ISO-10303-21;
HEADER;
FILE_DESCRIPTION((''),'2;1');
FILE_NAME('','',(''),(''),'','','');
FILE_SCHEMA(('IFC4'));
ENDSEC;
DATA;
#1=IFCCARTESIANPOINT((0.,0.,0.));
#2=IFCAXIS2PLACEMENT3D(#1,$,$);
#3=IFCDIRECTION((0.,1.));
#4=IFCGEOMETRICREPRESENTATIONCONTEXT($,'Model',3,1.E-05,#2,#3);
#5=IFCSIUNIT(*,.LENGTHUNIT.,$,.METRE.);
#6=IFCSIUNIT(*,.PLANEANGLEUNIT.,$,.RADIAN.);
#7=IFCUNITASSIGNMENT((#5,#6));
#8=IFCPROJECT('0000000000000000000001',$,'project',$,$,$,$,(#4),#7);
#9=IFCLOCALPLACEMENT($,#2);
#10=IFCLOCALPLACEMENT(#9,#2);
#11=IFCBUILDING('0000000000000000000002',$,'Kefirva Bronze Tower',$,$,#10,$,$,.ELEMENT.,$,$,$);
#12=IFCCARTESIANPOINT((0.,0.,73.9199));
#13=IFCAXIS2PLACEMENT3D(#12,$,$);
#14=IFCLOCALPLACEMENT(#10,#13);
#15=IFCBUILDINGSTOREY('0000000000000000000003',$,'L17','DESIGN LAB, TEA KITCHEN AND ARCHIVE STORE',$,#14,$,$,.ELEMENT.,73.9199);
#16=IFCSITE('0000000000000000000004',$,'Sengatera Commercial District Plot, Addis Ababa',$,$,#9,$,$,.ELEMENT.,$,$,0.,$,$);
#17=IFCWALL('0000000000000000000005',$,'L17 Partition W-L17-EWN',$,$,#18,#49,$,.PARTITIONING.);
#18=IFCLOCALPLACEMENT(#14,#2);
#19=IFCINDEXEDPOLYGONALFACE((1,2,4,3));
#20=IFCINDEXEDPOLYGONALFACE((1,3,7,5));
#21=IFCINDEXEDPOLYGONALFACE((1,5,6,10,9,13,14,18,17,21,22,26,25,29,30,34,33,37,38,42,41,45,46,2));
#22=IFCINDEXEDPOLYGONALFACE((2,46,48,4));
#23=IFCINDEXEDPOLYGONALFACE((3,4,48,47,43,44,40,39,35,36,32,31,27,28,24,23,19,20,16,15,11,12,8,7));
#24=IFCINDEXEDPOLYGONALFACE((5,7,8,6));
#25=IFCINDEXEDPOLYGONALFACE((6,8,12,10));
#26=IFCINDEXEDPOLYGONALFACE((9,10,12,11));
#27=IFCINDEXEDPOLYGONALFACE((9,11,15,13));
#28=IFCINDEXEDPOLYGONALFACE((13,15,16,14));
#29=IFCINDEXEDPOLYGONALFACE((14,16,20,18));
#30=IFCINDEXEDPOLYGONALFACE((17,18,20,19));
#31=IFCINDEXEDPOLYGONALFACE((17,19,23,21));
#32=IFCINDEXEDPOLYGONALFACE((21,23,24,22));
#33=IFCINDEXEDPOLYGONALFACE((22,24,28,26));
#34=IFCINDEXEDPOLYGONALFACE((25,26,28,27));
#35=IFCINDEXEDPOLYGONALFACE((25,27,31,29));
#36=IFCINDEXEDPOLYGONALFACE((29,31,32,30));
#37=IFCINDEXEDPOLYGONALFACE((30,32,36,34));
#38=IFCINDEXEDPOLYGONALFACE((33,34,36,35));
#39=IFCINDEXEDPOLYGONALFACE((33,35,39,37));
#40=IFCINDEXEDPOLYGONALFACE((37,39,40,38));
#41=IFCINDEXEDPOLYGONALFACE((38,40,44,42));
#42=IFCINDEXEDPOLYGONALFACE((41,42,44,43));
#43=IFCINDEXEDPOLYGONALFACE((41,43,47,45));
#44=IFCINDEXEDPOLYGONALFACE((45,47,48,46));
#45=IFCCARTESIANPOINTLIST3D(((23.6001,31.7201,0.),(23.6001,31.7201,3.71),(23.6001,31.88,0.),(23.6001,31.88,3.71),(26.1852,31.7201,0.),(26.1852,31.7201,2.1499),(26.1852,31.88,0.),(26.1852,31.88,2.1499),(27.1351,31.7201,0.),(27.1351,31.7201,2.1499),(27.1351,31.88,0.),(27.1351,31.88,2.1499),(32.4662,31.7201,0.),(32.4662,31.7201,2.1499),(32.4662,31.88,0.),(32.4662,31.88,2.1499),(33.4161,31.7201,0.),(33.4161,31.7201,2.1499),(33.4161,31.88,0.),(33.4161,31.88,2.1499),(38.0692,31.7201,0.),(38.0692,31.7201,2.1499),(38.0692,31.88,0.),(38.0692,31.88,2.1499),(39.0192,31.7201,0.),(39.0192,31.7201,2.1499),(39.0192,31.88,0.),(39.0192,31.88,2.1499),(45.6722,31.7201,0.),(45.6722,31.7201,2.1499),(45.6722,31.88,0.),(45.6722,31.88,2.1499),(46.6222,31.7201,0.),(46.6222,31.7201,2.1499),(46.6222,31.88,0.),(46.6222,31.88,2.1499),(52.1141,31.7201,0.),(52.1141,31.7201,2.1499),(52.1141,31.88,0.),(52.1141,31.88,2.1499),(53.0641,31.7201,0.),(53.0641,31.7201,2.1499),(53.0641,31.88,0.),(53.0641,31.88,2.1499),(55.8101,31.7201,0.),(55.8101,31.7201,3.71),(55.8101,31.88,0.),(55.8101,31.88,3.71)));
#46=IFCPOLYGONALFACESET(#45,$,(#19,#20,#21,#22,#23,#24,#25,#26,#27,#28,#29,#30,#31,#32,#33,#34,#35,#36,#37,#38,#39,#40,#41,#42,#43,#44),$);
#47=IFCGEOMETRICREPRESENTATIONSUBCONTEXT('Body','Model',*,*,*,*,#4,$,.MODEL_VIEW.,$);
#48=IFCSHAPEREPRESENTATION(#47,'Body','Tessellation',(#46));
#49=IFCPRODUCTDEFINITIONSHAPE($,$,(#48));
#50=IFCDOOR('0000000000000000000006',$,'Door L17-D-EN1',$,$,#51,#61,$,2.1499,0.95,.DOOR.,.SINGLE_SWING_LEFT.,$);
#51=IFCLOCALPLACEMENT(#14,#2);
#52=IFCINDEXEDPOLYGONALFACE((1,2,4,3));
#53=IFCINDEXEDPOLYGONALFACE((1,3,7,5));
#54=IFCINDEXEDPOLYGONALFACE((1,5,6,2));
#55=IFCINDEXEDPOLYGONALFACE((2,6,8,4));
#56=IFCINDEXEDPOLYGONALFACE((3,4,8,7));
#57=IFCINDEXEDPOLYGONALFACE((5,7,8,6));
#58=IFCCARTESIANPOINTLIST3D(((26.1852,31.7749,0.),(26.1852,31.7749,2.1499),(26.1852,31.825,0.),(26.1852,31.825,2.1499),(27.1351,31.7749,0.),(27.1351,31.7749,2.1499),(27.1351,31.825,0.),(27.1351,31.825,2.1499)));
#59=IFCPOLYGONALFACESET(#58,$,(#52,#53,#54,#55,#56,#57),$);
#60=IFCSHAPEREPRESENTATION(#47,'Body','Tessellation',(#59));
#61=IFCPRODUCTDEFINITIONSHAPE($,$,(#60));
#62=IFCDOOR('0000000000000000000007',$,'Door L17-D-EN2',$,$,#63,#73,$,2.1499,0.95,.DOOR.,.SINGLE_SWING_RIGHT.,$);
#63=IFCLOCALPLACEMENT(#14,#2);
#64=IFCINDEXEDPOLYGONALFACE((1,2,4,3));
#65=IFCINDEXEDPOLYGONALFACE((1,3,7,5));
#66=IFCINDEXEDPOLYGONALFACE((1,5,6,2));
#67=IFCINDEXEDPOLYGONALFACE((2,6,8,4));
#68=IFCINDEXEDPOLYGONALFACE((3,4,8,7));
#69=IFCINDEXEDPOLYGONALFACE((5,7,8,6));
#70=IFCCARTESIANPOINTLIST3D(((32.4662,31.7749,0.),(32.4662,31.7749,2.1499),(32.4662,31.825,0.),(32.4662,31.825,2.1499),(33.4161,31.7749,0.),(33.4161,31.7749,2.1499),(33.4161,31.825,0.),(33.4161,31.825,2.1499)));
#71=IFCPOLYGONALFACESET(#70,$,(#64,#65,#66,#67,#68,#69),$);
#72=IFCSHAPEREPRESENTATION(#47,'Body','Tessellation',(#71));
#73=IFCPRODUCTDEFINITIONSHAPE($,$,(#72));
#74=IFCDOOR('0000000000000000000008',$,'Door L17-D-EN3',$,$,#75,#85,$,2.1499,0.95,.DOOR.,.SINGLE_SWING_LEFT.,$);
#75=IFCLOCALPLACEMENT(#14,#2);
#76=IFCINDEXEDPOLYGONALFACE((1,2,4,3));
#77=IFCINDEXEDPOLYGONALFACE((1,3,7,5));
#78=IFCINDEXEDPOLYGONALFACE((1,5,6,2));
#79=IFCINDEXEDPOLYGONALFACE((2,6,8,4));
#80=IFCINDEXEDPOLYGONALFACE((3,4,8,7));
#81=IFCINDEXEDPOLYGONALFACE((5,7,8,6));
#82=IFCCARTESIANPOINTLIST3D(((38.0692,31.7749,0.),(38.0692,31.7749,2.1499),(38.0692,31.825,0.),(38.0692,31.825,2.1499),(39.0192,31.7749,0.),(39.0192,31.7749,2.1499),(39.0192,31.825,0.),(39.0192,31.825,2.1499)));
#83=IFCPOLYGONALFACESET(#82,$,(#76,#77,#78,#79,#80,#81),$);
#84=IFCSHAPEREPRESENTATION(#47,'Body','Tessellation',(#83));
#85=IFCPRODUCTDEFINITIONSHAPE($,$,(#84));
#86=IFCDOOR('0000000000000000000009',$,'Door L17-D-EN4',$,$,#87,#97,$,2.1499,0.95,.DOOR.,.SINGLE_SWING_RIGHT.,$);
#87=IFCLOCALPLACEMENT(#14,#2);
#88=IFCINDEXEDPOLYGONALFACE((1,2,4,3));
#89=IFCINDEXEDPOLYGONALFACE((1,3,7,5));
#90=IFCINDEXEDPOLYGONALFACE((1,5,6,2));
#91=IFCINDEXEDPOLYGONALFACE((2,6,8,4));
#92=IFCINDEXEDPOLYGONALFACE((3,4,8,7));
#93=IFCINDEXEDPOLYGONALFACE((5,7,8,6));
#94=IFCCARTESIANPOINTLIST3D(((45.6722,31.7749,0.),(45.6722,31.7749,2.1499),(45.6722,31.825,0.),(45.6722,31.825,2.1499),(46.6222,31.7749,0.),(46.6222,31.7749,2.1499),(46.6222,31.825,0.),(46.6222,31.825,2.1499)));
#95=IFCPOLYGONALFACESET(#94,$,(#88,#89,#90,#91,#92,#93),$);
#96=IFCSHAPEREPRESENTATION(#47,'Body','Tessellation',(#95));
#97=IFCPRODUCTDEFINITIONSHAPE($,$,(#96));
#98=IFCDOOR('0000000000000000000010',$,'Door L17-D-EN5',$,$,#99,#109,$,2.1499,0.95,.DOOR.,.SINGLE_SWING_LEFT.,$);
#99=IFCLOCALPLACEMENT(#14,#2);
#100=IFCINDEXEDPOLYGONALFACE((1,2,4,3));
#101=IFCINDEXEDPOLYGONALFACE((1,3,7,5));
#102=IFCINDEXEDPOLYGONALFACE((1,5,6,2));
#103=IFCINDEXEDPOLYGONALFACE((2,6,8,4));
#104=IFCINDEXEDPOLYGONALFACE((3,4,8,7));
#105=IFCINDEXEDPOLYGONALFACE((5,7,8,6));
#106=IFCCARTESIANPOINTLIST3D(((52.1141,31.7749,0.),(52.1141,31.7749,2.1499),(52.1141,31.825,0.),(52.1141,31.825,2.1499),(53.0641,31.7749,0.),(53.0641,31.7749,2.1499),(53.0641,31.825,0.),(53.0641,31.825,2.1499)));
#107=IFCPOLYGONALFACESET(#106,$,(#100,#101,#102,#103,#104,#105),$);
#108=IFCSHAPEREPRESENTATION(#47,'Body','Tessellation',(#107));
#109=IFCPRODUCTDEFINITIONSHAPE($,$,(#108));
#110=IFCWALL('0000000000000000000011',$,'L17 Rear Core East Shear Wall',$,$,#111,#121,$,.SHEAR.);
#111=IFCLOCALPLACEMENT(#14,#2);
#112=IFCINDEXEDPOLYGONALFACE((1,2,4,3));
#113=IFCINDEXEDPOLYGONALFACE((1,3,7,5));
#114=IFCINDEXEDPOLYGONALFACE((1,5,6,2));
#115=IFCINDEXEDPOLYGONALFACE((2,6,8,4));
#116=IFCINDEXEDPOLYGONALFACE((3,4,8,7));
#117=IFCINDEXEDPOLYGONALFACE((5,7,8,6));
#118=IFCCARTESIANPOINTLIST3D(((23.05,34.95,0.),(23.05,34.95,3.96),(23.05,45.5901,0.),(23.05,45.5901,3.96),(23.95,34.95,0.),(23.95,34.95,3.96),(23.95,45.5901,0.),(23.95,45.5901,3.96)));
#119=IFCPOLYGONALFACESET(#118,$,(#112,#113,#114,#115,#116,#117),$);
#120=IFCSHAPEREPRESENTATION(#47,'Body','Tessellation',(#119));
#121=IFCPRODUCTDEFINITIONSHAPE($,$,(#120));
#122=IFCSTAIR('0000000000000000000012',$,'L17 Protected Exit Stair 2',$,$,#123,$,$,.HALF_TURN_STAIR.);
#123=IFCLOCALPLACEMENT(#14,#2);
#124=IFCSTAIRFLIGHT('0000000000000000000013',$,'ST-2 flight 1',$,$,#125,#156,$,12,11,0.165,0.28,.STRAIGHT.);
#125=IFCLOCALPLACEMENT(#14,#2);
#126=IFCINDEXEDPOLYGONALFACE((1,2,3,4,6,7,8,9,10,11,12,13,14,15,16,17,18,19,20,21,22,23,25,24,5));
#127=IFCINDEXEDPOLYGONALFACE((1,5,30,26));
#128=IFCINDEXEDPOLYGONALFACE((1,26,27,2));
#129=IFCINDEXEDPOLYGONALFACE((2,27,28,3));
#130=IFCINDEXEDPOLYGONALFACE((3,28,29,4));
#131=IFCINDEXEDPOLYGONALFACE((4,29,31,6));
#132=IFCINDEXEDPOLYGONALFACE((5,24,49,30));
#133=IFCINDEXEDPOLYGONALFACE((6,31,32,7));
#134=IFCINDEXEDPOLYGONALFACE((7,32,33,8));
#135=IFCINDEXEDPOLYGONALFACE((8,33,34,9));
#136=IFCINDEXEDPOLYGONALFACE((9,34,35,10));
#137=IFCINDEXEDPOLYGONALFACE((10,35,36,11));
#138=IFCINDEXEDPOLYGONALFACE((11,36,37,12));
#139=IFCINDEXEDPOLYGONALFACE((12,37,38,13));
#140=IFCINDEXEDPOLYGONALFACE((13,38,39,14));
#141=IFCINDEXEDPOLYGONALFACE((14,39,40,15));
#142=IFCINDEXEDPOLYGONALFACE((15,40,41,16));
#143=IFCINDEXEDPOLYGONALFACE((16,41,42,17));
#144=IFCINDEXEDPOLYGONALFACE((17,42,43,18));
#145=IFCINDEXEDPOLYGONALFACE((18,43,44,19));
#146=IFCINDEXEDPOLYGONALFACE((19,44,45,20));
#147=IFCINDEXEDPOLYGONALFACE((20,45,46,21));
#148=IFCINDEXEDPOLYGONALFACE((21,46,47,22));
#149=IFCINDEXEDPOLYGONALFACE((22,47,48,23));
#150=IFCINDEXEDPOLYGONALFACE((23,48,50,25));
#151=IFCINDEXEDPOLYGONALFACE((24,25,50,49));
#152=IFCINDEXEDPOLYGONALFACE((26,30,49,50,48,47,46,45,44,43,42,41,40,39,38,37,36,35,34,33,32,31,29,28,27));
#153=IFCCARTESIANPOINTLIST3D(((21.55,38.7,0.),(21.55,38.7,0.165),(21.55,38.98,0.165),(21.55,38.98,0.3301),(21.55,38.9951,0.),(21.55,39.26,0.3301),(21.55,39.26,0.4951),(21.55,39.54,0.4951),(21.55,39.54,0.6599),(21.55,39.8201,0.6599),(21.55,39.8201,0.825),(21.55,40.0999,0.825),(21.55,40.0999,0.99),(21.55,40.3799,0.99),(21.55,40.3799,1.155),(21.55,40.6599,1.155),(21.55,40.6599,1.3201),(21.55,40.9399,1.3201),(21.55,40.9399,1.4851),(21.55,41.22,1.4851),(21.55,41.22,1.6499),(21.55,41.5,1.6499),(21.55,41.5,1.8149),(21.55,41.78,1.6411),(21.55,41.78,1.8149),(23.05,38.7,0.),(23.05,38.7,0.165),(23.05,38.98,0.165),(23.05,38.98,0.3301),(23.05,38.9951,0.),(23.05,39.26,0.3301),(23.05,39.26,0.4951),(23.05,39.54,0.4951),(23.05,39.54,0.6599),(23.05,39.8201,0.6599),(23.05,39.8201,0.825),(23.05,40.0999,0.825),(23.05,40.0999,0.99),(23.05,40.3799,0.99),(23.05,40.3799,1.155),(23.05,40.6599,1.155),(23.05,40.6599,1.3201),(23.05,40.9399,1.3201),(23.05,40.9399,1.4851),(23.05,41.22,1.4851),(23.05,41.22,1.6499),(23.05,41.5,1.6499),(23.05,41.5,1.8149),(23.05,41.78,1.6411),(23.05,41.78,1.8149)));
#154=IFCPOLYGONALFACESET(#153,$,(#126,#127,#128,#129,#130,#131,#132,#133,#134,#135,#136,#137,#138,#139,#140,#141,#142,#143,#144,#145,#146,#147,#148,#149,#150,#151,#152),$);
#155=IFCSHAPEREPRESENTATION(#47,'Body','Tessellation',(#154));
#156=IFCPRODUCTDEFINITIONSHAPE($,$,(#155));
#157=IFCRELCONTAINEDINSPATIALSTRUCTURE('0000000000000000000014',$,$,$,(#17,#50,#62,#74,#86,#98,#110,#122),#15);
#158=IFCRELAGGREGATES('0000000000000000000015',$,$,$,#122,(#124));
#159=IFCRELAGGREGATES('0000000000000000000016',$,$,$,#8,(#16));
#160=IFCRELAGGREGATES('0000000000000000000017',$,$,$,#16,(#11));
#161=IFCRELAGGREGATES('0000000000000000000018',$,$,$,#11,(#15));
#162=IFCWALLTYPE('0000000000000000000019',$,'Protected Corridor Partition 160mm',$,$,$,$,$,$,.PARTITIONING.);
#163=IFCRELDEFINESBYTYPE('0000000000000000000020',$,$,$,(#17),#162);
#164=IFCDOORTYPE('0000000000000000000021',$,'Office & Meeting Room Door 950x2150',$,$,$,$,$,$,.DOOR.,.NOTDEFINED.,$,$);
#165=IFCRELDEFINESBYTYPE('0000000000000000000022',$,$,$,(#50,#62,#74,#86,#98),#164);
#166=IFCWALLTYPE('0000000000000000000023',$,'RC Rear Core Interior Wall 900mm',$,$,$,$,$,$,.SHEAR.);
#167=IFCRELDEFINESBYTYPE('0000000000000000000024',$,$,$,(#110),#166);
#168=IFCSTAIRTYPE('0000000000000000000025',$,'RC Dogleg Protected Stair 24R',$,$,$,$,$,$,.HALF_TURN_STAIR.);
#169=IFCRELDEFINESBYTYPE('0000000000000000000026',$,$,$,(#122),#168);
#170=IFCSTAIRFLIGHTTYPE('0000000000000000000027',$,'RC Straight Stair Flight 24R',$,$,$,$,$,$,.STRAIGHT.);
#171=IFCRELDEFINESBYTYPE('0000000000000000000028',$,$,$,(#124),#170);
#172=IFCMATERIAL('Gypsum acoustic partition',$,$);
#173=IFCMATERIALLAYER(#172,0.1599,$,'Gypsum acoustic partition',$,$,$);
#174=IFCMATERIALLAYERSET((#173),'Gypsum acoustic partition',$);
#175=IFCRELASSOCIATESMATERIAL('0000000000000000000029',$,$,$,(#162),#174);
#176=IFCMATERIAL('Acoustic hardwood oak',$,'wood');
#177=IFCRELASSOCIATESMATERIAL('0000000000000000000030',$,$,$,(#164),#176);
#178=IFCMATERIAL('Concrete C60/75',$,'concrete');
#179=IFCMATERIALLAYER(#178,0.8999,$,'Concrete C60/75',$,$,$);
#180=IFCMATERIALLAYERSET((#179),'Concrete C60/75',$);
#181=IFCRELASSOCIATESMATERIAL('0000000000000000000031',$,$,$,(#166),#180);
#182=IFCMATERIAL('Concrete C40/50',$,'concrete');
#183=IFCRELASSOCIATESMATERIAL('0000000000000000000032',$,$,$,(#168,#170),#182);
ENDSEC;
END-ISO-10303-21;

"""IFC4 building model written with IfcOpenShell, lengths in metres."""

from ifc_helpers import new_model, si_unit, direction, frame, frame_2d, origin, place, context, subcontext, project, spatial, polyline, rectangle, outline, extrude, material, layer, layer_set, type_object, element, fill, aggregate, save


model = new_model("IFC4")

# Units and contexts
model_context = context("Model", 3, precision=1e-05, world=origin(), true_north=direction((0.0, 1.0)))
body_context = subcontext(model_context, "Body", "Model", "MODEL_VIEW")
ifc_project = project(units=[si_unit("LENGTHUNIT", "METRE"), si_unit("PLANEANGLEUNIT", "RADIAN")], contexts=[model_context])

# Site, building, storey
site_placement = place(None, origin())
site = spatial("IfcSite", under=ifc_project, at=site_placement, Name="Sengatera Commercial District Plot, Addis Ababa", CompositionType="ELEMENT", RefElevation=0.0)
building_placement = place(site_placement, origin())
building = spatial("IfcBuilding", under=site, at=building_placement, Name="Kefirva Bronze Tower", CompositionType="ELEMENT")
storey_placement = place(building_placement, frame((0.0, 0.0, 73.9199)))
storey = spatial("IfcBuildingStorey", under=building, at=storey_placement, Name="L17", Description="DESIGN LAB, TEA KITCHEN AND ARCHIVE STORE", CompositionType="ELEMENT", Elevation=73.9199)

# Shared definitions
ifc_material_1 = material(Name="Concrete C60/75", Category="concrete")

# Shared definitions
ifc_material_2 = material(Name="Gypsum acoustic partition")

# Shared definitions
ifc_layer_1 = layer(ifc_material_2, 0.1599, Name="Gypsum acoustic partition")
ifc_layer_set_1 = layer_set([ifc_layer_1], Name="Gypsum acoustic partition")
wall_type_1 = type_object("IfcWallType", Name="Protected Corridor Partition 160mm", PredefinedType="PARTITIONING", material=ifc_layer_set_1)
ifc_material_3 = material(Name="Acoustic hardwood oak", Category="wood")
door_type = type_object("IfcDoorType", Name="Office & Meeting Room Door 950x2150", OperationType="NOTDEFINED", PredefinedType="DOOR", material=ifc_material_3)

# Wall, openings, doors
wall_1_placement = place(storey_placement, frame((23.6001, 31.8, 0.0), z_axis=(0.0, 0.0, 1.0), x_axis=(1.0, 0.0, 0.0)))
wall_1 = element("IfcWall", 1, at=wall_1_placement, inside=storey, type_object=wall_type_1, Name="L17 Partition W-L17-EWN", PredefinedType="PARTITIONING", context=body_context, shape_type="SweptSolid", body=[
    extrude(rectangle(XDim=32.21, YDim=0.1599, at=frame_2d((16.105, 0.0))), origin(), (0.0, 0.0, 1.0), 3.71),
])
opening_1_placement = place(wall_1_placement, frame((2.585, 0.0, 0.0)))
opening_1 = element("IfcOpeningElement", 2, at=opening_1_placement, cuts=wall_1, PredefinedType="OPENING", context=body_context, shape_type="SweptSolid", body=[
    extrude(rectangle(XDim=0.95, YDim=2.1499, at=frame_2d((0.4751, 1.075))), frame((0.0, 0.0898, 0.0), z_axis=(0.0, -1.0, 0.0), x_axis=(1.0, 0.0, 0.0)), (0.0, 0.0, 1.0), 0.1799),
])
opening_2_placement = place(wall_1_placement, frame((8.866, 0.0, 0.0)))
opening_2 = element("IfcOpeningElement", 3, at=opening_2_placement, cuts=wall_1, PredefinedType="OPENING", context=body_context, shape_type="SweptSolid", body=[
    extrude(rectangle(XDim=0.95, YDim=2.1499, at=frame_2d((0.4751, 1.075))), frame((0.0, 0.0898, 0.0), z_axis=(0.0, -1.0, 0.0), x_axis=(1.0, 0.0, 0.0)), (0.0, 0.0, 1.0), 0.1799),
])
opening_3_placement = place(wall_1_placement, frame((14.469, 0.0, 0.0)))
opening_3 = element("IfcOpeningElement", 4, at=opening_3_placement, cuts=wall_1, PredefinedType="OPENING", context=body_context, shape_type="SweptSolid", body=[
    extrude(rectangle(XDim=0.95, YDim=2.1499, at=frame_2d((0.4751, 1.075))), frame((0.0, 0.0898, 0.0), z_axis=(0.0, -1.0, 0.0), x_axis=(1.0, 0.0, 0.0)), (0.0, 0.0, 1.0), 0.1799),
])
opening_4_placement = place(wall_1_placement, frame((22.072, 0.0, 0.0)))
opening_4 = element("IfcOpeningElement", 5, at=opening_4_placement, cuts=wall_1, PredefinedType="OPENING", context=body_context, shape_type="SweptSolid", body=[
    extrude(rectangle(XDim=0.95, YDim=2.1499, at=frame_2d((0.4751, 1.075))), frame((0.0, 0.0898, 0.0), z_axis=(0.0, -1.0, 0.0), x_axis=(1.0, 0.0, 0.0)), (0.0, 0.0, 1.0), 0.1799),
])
opening_5_placement = place(wall_1_placement, frame((28.5139, 0.0, 0.0)))
opening_5 = element("IfcOpeningElement", 6, at=opening_5_placement, cuts=wall_1, PredefinedType="OPENING", context=body_context, shape_type="SweptSolid", body=[
    extrude(rectangle(XDim=0.95, YDim=2.1499, at=frame_2d((0.4751, 1.075))), frame((0.0, 0.0898, 0.0), z_axis=(0.0, -1.0, 0.0), x_axis=(1.0, 0.0, 0.0)), (0.0, 0.0, 1.0), 0.1799),
])
door_1_placement = place(opening_1_placement, origin())
door_1 = element("IfcDoor", 7, at=door_1_placement, inside=storey, type_object=door_type, Name="Door L17-D-EN1", OperationType="SINGLE_SWING_LEFT", OverallHeight=2.1499, OverallWidth=0.95, PredefinedType="DOOR", context=body_context, shape_type="SweptSolid", body=[
    extrude(rectangle(XDim=0.95, YDim=2.1499, at=frame_2d((0.4751, 1.075))), frame((0.0, 0.0249, 0.0), z_axis=(0.0, -1.0, 0.0), x_axis=(1.0, 0.0, 0.0)), (0.0, 0.0, 1.0), 0.05),
])
fill(opening_1, door_1)
door_2_placement = place(opening_2_placement, origin())
door_2 = element("IfcDoor", 8, at=door_2_placement, inside=storey, type_object=door_type, Name="Door L17-D-EN2", OperationType="SINGLE_SWING_RIGHT", OverallHeight=2.1499, OverallWidth=0.95, PredefinedType="DOOR", context=body_context, shape_type="SweptSolid", body=[
    extrude(rectangle(XDim=0.95, YDim=2.1499, at=frame_2d((0.4751, 1.075))), frame((0.0, 0.0249, 0.0), z_axis=(0.0, -1.0, 0.0), x_axis=(1.0, 0.0, 0.0)), (0.0, 0.0, 1.0), 0.05),
])
fill(opening_2, door_2)
door_3_placement = place(opening_3_placement, origin())
door_3 = element("IfcDoor", 9, at=door_3_placement, inside=storey, type_object=door_type, Name="Door L17-D-EN3", OperationType="SINGLE_SWING_LEFT", OverallHeight=2.1499, OverallWidth=0.95, PredefinedType="DOOR", context=body_context, shape_type="SweptSolid", body=[
    extrude(rectangle(XDim=0.95, YDim=2.1499, at=frame_2d((0.4751, 1.075))), frame((0.0, 0.0249, 0.0), z_axis=(0.0, -1.0, 0.0), x_axis=(1.0, 0.0, 0.0)), (0.0, 0.0, 1.0), 0.05),
])
fill(opening_3, door_3)
door_4_placement = place(opening_4_placement, origin())
door_4 = element("IfcDoor", 10, at=door_4_placement, inside=storey, type_object=door_type, Name="Door L17-D-EN4", OperationType="SINGLE_SWING_RIGHT", OverallHeight=2.1499, OverallWidth=0.95, PredefinedType="DOOR", context=body_context, shape_type="SweptSolid", body=[
    extrude(rectangle(XDim=0.95, YDim=2.1499, at=frame_2d((0.4751, 1.075))), frame((0.0, 0.0249, 0.0), z_axis=(0.0, -1.0, 0.0), x_axis=(1.0, 0.0, 0.0)), (0.0, 0.0, 1.0), 0.05),
])
fill(opening_4, door_4)
door_5_placement = place(opening_5_placement, origin())
door_5 = element("IfcDoor", 11, at=door_5_placement, inside=storey, type_object=door_type, Name="Door L17-D-EN5", OperationType="SINGLE_SWING_LEFT", OverallHeight=2.1499, OverallWidth=0.95, PredefinedType="DOOR", context=body_context, shape_type="SweptSolid", body=[
    extrude(rectangle(XDim=0.95, YDim=2.1499, at=frame_2d((0.4751, 1.075))), frame((0.0, 0.0249, 0.0), z_axis=(0.0, -1.0, 0.0), x_axis=(1.0, 0.0, 0.0)), (0.0, 0.0, 1.0), 0.05),
])
fill(opening_5, door_5)

# Wall
ifc_layer_2 = layer(ifc_material_1, 0.8999, Name="Concrete C60/75")
ifc_layer_set_2 = layer_set([ifc_layer_2], Name="Concrete C60/75")
wall_type_2 = type_object("IfcWallType", Name="RC Rear Core Interior Wall 900mm", PredefinedType="SHEAR", material=ifc_layer_set_2)
wall_2_placement = place(storey_placement, frame((23.5, 34.95, 0.0), z_axis=(0.0, 0.0, 1.0), x_axis=(0.0, 1.0, 0.0)))
element("IfcWall", 12, at=wall_2_placement, inside=storey, type_object=wall_type_2, Name="L17 Rear Core East Shear Wall", PredefinedType="SHEAR", context=body_context, shape_type="SweptSolid", body=[
    extrude(rectangle(XDim=10.6401, YDim=0.8999, at=frame_2d((5.3201, 0.0))), origin(), (0.0, 0.0, 1.0), 3.96),
])

# Stair, stair flight
ifc_material_4 = material(Name="Concrete C40/50", Category="concrete")
stair_type = type_object("IfcStairType", Name="RC Dogleg Protected Stair 24R", PredefinedType="HALF_TURN_STAIR", material=ifc_material_4)
stair_placement = place(storey_placement, origin())
stair = element("IfcStair", 13, at=stair_placement, inside=storey, type_object=stair_type, Name="L17 Protected Exit Stair 2", PredefinedType="HALF_TURN_STAIR")
stair_flight_type = type_object("IfcStairFlightType", Name="RC Straight Stair Flight 24R", PredefinedType="STRAIGHT", material=ifc_material_4)
stair_flight_1_placement = place(storey_placement, frame((22.3, 38.7, 0.0), z_axis=(0.0, 0.0, 1.0), x_axis=(0.0, 1.0, 0.0)))
stair_flight_1 = element("IfcStairFlight", 14, at=stair_flight_1_placement, type_object=stair_flight_type, Name="ST-2 flight 1", NumberOfRisers=12, NumberOfTreads=11, PredefinedType="STRAIGHT", RiserHeight=0.165, TreadLength=0.28, context=body_context, shape_type="SweptSolid", body=[
    extrude(outline(polyline([(0.0, 0.0), (0.0, 0.165), (0.28, 0.165), (0.28, 0.3301), (0.5601, 0.3301), (0.5601, 0.4951), (0.8401, 0.4951), (0.8401, 0.6599), (1.1201, 0.6599), (1.1201, 0.825), (1.3999, 0.825), (1.3999, 0.99), (1.6799, 0.99), (1.6799, 1.155), (1.96, 1.155), (1.96, 1.3201), (2.24, 1.3201), (2.24, 1.4851), (2.52, 1.4851), (2.52, 1.6499), (2.8, 1.6499), (2.8, 1.8149), (3.0801, 1.8149), (3.0801, 1.98), (3.0801, 1.6411), (0.2952, 0.0), (0.0, 0.0)])), frame((0.0, 0.75, 0.0), z_axis=(0.0, -1.0, 0.0), x_axis=(1.0, 0.0, 0.0)), (0.0, 0.0, 1.0), 1.5),
])
aggregate(stair, [stair_flight_1])

save(model, "model.ifc")
